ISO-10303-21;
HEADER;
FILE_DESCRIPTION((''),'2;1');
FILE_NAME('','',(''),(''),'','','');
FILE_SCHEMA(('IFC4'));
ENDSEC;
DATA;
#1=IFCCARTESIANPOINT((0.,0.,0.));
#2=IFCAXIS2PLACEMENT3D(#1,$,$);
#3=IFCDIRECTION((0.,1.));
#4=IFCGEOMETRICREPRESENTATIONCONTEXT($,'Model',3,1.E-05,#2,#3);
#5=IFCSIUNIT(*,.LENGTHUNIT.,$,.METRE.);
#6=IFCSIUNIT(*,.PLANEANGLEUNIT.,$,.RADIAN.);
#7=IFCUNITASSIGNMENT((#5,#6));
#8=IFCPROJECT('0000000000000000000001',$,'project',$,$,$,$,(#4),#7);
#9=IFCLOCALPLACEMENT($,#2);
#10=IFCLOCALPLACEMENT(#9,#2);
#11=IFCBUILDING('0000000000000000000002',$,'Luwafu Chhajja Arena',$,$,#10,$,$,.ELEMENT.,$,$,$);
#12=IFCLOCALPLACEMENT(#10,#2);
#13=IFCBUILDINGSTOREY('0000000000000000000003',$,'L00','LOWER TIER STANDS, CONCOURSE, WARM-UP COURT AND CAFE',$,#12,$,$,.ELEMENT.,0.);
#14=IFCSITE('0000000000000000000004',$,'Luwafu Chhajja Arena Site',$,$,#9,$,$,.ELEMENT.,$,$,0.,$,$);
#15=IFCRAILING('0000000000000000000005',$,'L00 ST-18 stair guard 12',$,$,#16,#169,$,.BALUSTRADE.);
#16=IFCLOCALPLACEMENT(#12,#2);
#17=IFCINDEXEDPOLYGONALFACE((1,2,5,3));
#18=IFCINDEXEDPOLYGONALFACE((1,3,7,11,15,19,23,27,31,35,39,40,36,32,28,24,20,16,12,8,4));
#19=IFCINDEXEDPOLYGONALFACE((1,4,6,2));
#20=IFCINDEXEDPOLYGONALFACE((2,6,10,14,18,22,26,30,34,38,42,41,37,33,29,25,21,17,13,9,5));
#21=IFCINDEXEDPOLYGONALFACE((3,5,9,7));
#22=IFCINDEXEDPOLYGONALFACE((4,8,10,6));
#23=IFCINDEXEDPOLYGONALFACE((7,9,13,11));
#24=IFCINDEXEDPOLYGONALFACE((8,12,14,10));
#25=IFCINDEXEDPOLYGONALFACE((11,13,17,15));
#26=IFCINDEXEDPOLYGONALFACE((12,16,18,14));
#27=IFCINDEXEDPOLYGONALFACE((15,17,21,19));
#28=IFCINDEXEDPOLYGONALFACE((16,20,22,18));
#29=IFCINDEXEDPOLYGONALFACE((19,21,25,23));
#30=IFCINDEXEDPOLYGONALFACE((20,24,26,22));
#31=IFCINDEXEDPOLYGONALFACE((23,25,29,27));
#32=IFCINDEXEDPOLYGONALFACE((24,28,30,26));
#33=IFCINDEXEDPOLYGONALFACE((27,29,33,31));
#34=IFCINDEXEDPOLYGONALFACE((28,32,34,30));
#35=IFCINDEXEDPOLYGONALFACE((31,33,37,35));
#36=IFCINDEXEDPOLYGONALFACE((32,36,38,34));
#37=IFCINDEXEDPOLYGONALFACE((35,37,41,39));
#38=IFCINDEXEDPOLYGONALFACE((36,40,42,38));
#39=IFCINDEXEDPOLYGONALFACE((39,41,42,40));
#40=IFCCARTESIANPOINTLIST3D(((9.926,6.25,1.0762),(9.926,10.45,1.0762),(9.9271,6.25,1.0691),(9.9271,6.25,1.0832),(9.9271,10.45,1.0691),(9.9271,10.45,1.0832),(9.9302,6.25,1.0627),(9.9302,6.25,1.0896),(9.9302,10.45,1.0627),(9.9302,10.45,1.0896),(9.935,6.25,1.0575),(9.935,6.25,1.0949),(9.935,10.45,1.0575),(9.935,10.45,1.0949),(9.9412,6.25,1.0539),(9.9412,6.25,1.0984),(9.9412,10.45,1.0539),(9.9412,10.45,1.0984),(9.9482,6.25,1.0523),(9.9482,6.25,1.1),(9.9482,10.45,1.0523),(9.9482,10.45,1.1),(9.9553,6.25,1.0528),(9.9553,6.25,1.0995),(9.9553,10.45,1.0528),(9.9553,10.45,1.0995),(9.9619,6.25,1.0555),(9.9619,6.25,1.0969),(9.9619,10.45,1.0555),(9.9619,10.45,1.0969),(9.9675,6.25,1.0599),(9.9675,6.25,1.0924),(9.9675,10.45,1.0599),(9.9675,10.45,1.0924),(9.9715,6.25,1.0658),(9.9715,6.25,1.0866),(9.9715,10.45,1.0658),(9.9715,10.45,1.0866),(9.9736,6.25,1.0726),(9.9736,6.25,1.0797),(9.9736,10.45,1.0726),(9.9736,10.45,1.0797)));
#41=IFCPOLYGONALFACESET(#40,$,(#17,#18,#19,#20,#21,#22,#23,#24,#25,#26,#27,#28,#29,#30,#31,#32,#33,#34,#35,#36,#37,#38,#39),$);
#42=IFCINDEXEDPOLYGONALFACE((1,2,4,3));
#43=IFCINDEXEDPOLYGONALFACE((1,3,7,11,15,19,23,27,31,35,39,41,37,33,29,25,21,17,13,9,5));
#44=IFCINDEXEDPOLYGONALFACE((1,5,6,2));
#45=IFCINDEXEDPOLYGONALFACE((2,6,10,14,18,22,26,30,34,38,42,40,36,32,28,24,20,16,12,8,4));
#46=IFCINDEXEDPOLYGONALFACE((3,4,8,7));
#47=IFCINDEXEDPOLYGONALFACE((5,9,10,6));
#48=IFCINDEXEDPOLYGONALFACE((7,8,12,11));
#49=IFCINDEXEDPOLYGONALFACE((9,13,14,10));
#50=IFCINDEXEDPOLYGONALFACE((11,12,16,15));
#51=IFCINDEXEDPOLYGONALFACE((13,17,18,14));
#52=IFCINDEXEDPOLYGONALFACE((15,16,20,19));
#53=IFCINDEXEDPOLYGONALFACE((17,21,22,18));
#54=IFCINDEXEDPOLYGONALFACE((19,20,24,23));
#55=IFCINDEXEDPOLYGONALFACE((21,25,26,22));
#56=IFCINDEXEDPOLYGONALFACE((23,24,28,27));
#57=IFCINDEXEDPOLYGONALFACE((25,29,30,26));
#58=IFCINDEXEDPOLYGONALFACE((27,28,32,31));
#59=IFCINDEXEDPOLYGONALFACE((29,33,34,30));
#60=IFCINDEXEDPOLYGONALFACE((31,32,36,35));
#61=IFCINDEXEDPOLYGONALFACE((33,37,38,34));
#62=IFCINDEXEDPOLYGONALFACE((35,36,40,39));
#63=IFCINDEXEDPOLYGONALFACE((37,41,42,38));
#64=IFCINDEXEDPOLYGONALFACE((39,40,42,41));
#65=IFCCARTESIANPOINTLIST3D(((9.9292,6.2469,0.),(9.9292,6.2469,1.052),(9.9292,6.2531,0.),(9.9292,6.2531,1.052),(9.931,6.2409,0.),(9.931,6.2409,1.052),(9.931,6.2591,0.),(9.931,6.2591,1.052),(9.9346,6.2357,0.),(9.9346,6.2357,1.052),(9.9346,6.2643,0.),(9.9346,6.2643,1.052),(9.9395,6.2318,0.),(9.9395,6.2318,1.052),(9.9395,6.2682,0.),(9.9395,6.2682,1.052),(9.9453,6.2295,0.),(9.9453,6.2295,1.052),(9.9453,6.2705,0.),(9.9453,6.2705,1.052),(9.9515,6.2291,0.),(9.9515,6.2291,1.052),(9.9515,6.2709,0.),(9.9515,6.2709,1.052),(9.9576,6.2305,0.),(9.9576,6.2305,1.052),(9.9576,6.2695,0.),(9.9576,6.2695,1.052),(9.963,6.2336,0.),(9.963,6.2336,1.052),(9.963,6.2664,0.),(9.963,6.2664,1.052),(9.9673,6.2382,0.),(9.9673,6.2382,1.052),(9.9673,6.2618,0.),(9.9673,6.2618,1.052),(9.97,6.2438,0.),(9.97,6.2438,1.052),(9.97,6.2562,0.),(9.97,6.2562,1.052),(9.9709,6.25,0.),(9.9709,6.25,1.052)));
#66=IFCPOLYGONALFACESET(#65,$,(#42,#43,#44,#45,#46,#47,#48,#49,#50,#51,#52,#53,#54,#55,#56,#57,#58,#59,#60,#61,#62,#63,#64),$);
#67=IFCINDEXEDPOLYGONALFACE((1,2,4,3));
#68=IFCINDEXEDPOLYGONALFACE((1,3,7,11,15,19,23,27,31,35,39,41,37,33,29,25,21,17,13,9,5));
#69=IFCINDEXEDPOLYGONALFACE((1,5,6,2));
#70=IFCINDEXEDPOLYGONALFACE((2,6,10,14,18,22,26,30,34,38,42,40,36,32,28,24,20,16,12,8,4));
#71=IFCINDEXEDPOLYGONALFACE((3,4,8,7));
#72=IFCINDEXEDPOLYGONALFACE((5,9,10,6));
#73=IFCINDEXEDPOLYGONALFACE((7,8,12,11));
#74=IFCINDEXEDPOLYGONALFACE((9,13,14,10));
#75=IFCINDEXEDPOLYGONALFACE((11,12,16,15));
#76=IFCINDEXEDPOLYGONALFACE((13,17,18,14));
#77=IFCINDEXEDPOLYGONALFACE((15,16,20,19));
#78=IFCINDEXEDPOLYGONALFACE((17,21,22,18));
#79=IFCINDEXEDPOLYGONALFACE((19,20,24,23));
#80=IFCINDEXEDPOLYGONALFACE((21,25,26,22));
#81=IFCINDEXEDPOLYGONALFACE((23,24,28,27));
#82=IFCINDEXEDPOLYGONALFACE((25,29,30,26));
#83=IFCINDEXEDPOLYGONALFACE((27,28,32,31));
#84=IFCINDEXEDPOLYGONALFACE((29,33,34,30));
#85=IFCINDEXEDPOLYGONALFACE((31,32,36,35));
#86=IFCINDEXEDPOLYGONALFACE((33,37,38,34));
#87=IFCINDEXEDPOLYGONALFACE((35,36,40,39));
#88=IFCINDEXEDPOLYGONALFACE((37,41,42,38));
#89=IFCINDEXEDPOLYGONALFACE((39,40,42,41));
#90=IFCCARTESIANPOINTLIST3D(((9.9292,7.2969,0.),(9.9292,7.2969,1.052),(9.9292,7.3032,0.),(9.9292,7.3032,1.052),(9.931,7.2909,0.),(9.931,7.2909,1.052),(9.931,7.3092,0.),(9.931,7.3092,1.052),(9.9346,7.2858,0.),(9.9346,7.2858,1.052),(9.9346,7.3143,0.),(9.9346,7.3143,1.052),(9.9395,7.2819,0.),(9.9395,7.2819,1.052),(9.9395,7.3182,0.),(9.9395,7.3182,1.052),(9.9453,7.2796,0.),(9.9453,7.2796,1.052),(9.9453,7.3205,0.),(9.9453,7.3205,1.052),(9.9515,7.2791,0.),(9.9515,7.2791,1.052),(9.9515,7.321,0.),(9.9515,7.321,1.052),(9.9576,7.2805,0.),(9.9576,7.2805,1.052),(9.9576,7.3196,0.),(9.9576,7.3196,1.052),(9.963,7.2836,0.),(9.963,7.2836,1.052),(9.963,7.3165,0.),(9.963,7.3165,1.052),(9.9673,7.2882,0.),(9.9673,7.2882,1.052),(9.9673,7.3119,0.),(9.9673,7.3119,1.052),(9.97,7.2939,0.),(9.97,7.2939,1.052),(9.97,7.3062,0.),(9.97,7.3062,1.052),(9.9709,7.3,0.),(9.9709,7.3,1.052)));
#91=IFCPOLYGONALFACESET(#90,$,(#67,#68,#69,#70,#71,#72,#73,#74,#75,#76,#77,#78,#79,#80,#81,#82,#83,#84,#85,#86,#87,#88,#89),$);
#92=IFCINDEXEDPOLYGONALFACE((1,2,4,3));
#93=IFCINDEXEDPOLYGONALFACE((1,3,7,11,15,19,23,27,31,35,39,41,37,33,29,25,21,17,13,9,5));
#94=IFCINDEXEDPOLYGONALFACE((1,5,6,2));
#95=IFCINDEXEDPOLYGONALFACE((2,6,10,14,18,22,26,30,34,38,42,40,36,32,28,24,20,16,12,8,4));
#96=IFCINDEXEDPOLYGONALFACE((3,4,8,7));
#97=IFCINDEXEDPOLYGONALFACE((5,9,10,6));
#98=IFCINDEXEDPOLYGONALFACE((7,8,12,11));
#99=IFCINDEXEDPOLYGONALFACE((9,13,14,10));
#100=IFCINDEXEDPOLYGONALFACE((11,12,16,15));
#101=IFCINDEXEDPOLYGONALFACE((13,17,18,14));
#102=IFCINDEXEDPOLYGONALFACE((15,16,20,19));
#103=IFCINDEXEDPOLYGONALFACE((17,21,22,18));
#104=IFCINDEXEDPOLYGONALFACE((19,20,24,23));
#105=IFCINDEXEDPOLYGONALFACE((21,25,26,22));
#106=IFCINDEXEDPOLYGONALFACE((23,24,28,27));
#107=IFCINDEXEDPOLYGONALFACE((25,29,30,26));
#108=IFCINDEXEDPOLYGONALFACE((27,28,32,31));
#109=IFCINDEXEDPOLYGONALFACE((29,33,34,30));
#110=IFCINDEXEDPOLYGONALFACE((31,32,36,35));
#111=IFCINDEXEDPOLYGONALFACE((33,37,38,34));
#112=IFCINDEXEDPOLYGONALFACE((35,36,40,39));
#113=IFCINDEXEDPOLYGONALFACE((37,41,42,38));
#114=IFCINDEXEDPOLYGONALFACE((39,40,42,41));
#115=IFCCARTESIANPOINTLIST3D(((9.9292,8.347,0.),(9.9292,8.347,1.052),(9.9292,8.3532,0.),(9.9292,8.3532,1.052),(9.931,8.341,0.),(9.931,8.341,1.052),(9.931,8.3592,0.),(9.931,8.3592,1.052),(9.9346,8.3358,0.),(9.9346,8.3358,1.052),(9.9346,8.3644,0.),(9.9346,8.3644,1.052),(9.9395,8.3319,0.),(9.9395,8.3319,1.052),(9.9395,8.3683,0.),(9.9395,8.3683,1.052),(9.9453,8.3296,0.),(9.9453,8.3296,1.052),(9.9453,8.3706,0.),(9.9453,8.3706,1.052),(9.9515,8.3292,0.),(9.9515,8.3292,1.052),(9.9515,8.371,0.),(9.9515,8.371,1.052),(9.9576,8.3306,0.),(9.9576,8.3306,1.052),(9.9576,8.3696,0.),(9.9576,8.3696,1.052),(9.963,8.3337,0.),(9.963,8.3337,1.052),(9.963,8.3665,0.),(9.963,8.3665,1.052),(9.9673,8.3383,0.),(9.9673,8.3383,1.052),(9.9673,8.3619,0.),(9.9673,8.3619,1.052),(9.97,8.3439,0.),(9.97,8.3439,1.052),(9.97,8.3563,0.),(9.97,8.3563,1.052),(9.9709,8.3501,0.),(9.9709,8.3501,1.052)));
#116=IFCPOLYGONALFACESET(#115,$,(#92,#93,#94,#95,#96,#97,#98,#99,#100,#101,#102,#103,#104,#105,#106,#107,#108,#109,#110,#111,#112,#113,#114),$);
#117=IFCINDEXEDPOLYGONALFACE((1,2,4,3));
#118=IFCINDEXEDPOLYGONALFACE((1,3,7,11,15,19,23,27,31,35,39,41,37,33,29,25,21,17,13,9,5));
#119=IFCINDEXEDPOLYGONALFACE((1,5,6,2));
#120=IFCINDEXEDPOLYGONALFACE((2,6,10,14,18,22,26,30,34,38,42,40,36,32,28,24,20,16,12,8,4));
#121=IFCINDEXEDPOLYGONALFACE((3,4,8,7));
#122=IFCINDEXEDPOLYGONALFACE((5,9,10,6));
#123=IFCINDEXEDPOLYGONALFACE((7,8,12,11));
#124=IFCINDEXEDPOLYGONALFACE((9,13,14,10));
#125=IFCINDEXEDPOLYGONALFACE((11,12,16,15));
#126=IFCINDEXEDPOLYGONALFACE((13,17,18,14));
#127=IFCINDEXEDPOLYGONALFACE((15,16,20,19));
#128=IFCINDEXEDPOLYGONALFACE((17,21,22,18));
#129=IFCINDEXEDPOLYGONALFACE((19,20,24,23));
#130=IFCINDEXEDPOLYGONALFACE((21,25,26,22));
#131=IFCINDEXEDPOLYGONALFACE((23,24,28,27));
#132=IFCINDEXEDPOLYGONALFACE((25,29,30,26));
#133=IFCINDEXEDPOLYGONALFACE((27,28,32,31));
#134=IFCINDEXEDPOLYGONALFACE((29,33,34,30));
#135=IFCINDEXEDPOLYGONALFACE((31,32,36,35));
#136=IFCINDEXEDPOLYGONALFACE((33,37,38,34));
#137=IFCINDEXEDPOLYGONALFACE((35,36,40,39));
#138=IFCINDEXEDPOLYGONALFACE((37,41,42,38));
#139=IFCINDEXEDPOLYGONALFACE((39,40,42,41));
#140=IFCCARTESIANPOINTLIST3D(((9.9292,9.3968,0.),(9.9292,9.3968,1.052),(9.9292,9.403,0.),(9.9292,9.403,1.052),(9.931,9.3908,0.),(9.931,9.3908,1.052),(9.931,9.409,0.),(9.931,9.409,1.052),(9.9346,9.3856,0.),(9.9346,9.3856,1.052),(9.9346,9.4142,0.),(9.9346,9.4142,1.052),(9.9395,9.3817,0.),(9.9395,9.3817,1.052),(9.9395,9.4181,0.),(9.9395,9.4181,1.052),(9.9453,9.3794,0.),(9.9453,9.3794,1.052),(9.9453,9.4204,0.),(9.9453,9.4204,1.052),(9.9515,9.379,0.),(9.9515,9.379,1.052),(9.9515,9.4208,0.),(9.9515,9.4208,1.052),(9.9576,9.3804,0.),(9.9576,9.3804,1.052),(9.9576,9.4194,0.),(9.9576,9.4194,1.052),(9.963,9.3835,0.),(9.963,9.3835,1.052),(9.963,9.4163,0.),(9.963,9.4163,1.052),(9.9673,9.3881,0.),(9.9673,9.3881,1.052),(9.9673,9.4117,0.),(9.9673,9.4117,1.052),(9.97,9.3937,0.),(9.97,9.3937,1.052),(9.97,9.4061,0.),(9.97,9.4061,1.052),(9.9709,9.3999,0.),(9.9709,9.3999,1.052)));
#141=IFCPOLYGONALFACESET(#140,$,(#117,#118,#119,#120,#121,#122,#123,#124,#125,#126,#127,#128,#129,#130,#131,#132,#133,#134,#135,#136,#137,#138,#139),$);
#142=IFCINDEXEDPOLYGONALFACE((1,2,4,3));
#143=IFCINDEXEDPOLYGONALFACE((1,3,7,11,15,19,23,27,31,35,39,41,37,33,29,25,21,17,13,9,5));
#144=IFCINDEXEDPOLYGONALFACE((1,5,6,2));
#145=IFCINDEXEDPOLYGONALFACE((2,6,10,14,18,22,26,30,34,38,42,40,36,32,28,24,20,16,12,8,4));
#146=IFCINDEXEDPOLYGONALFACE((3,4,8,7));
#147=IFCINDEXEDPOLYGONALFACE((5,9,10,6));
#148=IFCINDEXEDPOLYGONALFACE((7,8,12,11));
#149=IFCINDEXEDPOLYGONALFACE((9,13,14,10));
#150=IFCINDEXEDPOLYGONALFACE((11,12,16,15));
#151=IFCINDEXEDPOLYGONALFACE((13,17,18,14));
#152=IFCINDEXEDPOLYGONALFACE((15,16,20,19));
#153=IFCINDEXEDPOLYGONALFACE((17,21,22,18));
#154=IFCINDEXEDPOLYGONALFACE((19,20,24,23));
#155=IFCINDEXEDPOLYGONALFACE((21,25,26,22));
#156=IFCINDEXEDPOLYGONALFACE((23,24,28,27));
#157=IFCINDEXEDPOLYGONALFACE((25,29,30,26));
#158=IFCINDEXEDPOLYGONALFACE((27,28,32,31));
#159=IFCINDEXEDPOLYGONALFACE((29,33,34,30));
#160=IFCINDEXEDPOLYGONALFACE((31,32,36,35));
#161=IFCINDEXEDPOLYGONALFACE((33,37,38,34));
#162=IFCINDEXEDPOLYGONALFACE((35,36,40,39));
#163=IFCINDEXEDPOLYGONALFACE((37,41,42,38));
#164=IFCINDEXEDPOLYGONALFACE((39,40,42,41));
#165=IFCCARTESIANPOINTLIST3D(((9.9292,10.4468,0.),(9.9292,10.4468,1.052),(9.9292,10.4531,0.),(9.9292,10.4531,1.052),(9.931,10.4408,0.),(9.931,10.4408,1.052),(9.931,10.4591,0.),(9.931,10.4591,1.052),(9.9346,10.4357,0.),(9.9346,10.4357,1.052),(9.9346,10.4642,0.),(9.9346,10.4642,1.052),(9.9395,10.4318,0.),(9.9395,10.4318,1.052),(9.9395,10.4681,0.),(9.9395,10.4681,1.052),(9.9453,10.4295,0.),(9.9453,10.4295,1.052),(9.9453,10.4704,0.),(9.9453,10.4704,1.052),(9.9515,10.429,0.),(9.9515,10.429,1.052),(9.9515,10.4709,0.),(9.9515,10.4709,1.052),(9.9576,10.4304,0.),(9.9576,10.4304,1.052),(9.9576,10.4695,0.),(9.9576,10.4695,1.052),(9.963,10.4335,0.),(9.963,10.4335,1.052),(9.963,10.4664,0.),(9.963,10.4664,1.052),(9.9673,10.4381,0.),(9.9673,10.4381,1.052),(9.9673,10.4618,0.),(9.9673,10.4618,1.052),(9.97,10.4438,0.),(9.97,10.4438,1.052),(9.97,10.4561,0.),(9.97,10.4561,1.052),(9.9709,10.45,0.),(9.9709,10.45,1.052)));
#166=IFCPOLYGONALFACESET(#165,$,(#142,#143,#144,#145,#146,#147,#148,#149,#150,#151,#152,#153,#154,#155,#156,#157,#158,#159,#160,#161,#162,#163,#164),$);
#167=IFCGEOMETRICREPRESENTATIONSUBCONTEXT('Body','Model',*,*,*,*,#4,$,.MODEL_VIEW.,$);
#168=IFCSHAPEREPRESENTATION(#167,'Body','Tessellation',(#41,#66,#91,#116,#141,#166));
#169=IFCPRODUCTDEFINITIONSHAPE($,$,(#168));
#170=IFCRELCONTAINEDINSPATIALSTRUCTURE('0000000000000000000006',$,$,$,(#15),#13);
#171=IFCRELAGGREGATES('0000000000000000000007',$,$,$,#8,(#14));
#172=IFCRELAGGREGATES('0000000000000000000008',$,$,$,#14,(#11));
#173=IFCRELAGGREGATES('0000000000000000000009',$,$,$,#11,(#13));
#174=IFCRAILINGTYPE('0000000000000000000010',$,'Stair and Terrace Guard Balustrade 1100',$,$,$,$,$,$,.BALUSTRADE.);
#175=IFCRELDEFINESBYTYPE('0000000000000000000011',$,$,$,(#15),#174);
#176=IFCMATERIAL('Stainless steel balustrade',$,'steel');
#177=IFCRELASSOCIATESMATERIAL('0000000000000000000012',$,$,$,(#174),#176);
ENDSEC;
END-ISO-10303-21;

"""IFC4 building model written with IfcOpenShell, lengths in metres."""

from ifc_helpers import new_model, si_unit, direction, frame, origin, origin_2d, place, context, subcontext, project, spatial, circle, extrude, material, type_object, element, save


model = new_model("IFC4")

# Units and contexts
model_context = context("Model", 3, precision=1e-05, world=origin(), true_north=direction((0.0, 1.0)))
body_context = subcontext(model_context, "Body", "Model", "MODEL_VIEW")
ifc_project = project(units=[si_unit("LENGTHUNIT", "METRE"), si_unit("PLANEANGLEUNIT", "RADIAN")], contexts=[model_context])

# Site, building, storey
site_placement = place(None, origin())
site = spatial("IfcSite", under=ifc_project, at=site_placement, Name="Luwafu Chhajja Arena Site", CompositionType="ELEMENT", RefElevation=0.0)
building_placement = place(site_placement, origin())
building = spatial("IfcBuilding", under=site, at=building_placement, Name="Luwafu Chhajja Arena", CompositionType="ELEMENT")
storey_placement = place(building_placement, origin())
storey = spatial("IfcBuildingStorey", under=building, at=storey_placement, Name="L00", Description="LOWER TIER STANDS, CONCOURSE, WARM-UP COURT AND CAFE", CompositionType="ELEMENT", Elevation=0.0)

# Railing
ifc_material_1 = material(Name="Stainless steel balustrade", Category="steel")
railing_type_1 = type_object("IfcRailingType", Name="Stair and Terrace Guard Balustrade 1100", PredefinedType="BALUSTRADE", material=ifc_material_1)
railing_1_placement = place(storey_placement, frame((9.95, 6.25, 0.0)))
element("IfcRailing", 1, at=railing_1_placement, inside=storey, type_object=railing_type_1, Name="L00 ST-18 stair guard 12", PredefinedType="BALUSTRADE", context=body_context, shape_type="SweptSolid", body=[
    extrude(circle(Radius=0.0239, at=origin_2d()), frame((0.0, 0.0, 1.0762), z_axis=(0.0, 1.0, 0.0), x_axis=(-1.0, 0.0, 0.0)), (0.0, 0.0, 1.0), 4.2),
    extrude(circle(Radius=0.021, at=origin_2d()), origin(), (0.0, 0.0, 1.0), 1.052),
    extrude(circle(Radius=0.021, at=origin_2d()), frame((0.0, 1.05, 0.0)), (0.0, 0.0, 1.0), 1.052),
    extrude(circle(Radius=0.021, at=origin_2d()), frame((0.0, 2.1001, 0.0)), (0.0, 0.0, 1.0), 1.052),
    extrude(circle(Radius=0.021, at=origin_2d()), frame((0.0, 3.1499, 0.0)), (0.0, 0.0, 1.0), 1.052),
    extrude(circle(Radius=0.021, at=origin_2d()), frame((0.0, 4.2, 0.0)), (0.0, 0.0, 1.0), 1.052),
])

save(model, "model.ifc")
